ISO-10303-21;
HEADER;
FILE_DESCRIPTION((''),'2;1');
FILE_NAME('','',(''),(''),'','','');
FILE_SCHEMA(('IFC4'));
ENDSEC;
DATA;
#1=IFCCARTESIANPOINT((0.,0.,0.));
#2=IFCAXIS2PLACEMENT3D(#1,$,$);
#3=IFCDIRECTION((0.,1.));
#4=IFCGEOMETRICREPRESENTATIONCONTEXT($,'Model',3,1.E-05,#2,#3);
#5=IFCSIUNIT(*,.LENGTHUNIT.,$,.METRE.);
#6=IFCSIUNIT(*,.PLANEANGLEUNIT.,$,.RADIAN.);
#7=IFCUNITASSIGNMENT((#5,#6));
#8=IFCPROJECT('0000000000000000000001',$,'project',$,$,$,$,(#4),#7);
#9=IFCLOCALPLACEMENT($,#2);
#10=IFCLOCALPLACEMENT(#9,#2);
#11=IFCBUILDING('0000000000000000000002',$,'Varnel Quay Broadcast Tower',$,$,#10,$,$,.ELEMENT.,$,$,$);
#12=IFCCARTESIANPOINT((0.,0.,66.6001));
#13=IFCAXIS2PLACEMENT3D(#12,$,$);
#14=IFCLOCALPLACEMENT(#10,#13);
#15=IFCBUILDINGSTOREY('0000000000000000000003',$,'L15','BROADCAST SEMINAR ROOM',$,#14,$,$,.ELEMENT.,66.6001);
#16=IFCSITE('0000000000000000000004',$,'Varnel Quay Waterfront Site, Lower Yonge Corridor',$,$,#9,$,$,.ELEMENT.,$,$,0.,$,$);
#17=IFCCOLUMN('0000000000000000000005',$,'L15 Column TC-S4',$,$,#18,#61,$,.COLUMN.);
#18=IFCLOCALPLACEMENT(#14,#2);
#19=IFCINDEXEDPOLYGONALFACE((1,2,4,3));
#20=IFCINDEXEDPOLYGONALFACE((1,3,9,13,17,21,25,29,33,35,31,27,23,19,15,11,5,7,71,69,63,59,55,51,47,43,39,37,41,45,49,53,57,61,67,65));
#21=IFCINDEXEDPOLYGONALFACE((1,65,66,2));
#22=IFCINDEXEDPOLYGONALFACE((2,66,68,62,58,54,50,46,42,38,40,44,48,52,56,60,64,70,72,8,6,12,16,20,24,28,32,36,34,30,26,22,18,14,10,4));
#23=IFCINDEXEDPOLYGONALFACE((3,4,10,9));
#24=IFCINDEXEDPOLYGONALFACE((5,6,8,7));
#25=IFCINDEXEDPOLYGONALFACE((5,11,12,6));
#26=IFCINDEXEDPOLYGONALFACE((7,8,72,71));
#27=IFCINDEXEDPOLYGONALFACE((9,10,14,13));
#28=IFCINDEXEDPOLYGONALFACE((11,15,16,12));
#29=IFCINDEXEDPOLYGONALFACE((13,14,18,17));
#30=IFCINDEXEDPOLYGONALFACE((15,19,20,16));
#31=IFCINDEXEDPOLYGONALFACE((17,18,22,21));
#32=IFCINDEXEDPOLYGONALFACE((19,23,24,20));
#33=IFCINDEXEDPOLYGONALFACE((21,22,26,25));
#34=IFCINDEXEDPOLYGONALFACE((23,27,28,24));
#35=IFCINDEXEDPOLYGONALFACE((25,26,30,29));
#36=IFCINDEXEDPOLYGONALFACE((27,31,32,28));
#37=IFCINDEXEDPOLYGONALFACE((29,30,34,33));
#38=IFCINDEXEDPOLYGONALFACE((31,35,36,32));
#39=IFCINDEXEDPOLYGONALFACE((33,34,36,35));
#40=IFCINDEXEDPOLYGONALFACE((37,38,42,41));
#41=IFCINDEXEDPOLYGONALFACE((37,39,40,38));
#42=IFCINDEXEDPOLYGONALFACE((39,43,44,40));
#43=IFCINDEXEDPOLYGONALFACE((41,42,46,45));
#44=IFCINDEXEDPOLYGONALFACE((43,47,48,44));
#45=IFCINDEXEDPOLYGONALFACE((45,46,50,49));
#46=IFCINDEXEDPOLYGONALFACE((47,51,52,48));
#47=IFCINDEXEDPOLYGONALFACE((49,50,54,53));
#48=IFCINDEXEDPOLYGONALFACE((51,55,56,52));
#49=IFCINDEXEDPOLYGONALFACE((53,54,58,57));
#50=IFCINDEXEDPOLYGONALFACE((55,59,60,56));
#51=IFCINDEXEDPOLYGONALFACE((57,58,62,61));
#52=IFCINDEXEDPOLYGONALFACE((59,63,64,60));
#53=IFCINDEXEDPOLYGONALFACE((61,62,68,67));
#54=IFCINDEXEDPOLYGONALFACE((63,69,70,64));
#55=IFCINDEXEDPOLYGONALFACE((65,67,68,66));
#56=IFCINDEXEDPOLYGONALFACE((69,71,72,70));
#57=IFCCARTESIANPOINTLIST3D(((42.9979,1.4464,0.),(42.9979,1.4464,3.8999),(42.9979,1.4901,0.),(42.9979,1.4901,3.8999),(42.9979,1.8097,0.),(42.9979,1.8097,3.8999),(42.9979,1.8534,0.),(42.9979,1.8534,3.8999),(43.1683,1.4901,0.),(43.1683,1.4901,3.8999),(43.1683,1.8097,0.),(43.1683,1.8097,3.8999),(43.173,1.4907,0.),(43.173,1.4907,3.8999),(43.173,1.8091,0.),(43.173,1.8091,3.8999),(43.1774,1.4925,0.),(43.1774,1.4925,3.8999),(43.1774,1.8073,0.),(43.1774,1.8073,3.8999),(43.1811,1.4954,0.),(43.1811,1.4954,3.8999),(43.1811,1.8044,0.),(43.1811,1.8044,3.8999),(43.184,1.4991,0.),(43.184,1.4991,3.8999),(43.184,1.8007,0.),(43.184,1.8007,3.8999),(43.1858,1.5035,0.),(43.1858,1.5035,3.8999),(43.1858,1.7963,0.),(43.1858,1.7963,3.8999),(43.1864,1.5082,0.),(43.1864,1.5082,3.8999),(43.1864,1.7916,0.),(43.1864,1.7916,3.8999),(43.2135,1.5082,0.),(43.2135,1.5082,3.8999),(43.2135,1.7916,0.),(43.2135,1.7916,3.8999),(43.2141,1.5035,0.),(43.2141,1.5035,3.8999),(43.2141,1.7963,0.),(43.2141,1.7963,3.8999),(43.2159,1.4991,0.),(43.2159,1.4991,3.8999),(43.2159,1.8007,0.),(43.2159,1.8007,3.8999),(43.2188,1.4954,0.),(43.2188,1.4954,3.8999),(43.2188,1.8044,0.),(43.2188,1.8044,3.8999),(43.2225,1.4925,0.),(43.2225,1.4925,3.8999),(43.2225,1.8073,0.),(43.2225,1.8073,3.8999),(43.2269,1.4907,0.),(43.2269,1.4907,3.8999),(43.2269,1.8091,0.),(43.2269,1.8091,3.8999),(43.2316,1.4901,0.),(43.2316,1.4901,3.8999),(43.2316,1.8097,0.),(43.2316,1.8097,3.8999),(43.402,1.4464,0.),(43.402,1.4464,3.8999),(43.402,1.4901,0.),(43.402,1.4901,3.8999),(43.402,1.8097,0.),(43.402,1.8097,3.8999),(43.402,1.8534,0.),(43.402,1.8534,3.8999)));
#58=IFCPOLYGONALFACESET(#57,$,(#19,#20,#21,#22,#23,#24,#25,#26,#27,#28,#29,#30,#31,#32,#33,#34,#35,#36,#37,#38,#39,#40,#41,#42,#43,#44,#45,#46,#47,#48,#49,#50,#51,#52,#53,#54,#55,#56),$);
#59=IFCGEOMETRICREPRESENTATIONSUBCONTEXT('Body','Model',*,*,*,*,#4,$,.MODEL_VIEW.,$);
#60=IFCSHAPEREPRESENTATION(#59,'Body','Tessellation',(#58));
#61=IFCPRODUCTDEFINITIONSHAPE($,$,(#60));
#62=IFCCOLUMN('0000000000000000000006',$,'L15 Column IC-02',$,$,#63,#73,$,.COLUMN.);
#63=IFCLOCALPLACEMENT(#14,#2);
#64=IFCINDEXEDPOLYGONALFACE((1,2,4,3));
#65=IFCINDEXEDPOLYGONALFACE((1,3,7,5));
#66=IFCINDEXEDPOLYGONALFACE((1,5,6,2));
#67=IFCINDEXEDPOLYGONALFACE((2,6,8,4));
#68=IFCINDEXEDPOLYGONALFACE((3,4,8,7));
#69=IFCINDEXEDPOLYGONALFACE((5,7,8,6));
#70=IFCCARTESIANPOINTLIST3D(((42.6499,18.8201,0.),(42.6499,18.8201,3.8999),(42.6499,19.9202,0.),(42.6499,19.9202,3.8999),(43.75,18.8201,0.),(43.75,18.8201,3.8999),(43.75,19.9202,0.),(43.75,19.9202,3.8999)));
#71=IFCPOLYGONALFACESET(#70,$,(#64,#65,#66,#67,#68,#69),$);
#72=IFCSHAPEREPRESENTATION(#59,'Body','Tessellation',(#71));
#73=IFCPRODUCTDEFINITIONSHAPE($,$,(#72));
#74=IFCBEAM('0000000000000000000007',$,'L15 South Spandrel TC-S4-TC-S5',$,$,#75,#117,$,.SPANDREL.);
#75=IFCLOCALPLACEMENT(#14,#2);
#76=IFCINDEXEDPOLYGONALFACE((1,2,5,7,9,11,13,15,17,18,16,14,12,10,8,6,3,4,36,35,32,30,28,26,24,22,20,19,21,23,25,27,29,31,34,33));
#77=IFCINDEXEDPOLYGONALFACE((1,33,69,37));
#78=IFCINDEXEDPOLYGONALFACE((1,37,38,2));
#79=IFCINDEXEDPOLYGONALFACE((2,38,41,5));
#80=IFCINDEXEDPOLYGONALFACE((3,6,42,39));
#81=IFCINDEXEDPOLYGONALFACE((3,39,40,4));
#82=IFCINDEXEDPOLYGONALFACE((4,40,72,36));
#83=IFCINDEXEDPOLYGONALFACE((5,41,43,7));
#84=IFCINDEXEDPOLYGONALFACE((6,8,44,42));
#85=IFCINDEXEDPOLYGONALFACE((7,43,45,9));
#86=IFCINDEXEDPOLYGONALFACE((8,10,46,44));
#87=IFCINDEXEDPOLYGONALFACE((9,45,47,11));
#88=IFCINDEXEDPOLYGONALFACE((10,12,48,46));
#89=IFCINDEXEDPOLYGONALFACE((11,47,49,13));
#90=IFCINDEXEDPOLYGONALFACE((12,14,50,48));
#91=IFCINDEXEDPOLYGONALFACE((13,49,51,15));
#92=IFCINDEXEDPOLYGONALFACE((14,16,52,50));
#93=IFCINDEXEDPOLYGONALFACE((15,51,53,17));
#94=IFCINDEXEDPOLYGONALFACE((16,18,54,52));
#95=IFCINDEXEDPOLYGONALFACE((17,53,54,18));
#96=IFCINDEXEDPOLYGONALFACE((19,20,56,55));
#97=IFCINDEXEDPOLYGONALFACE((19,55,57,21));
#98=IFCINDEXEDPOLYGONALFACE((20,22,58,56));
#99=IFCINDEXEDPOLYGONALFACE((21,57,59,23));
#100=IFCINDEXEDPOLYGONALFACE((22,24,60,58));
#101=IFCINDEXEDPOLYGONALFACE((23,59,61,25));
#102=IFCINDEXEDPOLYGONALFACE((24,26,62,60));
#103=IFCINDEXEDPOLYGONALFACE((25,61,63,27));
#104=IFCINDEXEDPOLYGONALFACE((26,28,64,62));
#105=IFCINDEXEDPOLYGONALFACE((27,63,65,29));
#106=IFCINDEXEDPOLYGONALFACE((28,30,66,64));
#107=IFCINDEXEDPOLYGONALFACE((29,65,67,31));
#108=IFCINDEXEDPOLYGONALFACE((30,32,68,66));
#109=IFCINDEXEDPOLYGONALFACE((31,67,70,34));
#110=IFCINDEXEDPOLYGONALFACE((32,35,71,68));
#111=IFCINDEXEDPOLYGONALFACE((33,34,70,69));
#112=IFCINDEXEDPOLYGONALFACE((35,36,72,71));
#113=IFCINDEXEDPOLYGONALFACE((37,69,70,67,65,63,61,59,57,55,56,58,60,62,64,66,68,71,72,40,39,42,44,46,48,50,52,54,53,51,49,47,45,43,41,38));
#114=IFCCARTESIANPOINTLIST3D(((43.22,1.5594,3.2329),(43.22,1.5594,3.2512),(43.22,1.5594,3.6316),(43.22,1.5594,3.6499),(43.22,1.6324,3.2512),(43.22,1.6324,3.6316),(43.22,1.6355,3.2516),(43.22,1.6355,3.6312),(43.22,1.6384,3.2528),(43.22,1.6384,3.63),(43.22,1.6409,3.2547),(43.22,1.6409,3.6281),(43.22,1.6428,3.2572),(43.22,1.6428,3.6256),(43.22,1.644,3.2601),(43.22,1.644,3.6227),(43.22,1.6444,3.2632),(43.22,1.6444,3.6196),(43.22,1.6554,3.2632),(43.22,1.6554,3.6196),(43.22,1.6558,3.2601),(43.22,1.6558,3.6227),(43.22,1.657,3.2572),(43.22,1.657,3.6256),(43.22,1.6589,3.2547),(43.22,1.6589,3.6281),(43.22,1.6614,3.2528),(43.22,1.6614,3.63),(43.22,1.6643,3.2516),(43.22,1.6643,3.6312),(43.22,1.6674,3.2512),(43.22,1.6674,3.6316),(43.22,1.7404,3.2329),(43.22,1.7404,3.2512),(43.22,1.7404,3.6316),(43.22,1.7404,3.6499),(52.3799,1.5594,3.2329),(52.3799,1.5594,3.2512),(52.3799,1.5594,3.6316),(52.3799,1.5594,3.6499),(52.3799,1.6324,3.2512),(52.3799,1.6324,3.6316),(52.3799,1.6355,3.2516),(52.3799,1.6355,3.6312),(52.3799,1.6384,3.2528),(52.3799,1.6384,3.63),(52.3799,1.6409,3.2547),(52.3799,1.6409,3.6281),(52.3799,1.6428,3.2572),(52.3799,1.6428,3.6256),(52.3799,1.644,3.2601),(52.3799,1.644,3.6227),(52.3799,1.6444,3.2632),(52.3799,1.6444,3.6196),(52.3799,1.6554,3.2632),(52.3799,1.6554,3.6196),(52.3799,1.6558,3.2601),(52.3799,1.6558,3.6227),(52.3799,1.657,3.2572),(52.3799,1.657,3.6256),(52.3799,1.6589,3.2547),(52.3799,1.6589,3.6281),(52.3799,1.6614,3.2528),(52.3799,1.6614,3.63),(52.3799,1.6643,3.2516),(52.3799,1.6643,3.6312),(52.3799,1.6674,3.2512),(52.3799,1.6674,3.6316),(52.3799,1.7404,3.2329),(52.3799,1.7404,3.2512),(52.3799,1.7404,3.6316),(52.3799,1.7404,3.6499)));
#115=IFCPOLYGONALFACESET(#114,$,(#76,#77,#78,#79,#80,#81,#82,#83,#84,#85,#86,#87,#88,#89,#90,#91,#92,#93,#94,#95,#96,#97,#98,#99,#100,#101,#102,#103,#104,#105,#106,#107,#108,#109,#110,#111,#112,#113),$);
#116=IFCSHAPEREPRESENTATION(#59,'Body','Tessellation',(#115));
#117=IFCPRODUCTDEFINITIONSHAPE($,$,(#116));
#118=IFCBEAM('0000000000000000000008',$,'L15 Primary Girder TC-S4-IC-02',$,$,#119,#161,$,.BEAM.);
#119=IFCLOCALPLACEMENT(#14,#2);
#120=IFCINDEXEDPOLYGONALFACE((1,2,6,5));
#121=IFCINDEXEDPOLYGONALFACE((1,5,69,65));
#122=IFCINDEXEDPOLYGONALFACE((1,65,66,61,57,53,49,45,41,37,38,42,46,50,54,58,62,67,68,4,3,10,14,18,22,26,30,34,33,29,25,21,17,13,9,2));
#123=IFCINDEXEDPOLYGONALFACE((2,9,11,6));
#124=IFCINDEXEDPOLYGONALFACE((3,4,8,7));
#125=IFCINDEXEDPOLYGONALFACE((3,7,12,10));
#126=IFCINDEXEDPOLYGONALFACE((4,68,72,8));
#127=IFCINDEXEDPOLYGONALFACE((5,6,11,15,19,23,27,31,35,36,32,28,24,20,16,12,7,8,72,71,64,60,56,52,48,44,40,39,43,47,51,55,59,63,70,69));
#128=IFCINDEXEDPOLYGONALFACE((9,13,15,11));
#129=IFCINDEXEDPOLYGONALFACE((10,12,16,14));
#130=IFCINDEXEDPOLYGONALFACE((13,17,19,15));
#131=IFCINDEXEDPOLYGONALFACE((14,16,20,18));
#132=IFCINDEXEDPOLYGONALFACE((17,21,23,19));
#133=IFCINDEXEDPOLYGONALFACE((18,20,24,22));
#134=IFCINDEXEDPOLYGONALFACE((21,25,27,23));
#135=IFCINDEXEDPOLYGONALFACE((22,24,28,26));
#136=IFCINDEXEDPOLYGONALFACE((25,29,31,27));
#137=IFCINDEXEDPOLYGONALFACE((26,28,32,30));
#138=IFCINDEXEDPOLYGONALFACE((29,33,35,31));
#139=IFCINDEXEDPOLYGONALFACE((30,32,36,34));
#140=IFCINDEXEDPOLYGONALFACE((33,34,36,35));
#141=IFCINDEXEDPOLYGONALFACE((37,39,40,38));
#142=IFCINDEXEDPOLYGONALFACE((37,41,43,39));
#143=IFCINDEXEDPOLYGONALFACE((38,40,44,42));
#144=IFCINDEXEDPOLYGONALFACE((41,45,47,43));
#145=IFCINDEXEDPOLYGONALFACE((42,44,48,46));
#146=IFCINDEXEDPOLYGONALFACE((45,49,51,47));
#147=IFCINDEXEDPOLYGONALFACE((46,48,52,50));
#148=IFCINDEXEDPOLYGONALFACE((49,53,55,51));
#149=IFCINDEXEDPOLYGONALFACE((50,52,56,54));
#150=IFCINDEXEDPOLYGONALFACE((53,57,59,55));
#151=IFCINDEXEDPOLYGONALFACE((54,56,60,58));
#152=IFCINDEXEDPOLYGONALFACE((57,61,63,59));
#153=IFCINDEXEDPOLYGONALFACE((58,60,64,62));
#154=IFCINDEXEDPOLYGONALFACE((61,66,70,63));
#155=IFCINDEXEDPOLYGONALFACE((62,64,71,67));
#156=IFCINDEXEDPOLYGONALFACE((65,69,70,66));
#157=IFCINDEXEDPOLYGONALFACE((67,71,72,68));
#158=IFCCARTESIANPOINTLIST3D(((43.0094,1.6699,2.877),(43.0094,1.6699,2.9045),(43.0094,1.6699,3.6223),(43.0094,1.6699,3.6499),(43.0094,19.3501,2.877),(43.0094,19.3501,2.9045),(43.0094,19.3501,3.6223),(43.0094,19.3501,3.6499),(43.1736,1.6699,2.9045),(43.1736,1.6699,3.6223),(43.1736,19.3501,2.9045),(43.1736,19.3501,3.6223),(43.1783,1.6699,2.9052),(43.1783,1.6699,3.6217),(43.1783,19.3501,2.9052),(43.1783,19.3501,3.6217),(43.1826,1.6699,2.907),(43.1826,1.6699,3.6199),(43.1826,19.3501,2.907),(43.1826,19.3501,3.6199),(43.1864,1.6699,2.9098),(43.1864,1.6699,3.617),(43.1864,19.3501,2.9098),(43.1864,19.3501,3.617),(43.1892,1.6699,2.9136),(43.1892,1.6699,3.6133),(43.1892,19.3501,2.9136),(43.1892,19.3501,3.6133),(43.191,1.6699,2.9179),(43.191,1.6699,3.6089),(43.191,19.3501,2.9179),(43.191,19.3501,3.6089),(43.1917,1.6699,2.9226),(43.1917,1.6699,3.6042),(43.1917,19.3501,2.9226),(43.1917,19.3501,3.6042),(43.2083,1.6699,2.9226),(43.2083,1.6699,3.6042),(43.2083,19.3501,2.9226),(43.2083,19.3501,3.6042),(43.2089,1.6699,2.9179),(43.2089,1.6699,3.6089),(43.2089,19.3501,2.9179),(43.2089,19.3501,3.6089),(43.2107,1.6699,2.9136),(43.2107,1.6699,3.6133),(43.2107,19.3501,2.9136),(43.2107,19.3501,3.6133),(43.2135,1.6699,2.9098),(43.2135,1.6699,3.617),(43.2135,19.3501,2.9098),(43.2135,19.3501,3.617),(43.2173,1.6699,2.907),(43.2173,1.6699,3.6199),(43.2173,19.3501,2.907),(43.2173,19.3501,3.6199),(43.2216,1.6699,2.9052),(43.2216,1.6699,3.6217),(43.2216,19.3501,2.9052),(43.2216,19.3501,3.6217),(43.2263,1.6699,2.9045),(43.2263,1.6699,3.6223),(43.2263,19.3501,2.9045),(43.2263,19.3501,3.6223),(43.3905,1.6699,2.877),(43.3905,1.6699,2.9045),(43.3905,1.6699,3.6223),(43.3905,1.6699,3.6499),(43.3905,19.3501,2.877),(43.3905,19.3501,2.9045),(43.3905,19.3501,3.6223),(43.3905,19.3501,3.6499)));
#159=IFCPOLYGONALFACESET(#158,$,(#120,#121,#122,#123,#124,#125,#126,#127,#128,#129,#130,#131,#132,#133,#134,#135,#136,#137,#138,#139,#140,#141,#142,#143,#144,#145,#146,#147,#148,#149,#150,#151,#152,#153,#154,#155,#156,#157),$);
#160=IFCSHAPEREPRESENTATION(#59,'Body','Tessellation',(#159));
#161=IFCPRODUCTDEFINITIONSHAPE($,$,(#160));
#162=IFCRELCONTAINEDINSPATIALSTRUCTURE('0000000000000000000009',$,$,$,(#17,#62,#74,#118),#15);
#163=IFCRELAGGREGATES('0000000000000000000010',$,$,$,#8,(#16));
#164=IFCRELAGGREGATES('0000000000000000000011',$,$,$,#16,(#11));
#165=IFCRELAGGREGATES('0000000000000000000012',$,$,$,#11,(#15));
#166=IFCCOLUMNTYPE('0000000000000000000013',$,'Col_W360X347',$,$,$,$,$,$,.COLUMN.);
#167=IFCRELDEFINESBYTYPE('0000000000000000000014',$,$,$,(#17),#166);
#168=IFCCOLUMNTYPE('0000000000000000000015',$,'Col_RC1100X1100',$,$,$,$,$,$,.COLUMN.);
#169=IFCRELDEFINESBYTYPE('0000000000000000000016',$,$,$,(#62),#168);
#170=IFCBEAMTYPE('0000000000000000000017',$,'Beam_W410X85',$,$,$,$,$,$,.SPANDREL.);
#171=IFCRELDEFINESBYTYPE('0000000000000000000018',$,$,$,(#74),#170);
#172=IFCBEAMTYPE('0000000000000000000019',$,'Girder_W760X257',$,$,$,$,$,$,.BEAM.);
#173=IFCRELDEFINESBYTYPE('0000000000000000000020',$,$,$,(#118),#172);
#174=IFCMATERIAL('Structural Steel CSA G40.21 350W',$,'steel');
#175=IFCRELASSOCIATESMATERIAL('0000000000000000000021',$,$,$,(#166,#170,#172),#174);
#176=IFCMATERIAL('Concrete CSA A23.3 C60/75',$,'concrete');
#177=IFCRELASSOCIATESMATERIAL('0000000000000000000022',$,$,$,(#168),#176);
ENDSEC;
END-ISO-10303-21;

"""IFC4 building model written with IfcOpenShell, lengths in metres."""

from ifc_helpers import new_model, si_unit, direction, frame, origin, origin_2d, place, context, subcontext, project, spatial, rectangle, i_section, extrude, source, transform, mapped, material, material_profile, profile_set, type_object, type_shapes, element, save


model = new_model("IFC4")

# Units and contexts
model_context = context("Model", 3, precision=1e-05, world=origin(), true_north=direction((0.0, 1.0)))
body_context = subcontext(model_context, "Body", "Model", "MODEL_VIEW")
ifc_project = project(units=[si_unit("LENGTHUNIT", "METRE"), si_unit("PLANEANGLEUNIT", "RADIAN")], contexts=[model_context])

# Site, building, storey
site_placement = place(None, origin())
site = spatial("IfcSite", under=ifc_project, at=site_placement, Name="Varnel Quay Waterfront Site, Lower Yonge Corridor", CompositionType="ELEMENT", RefElevation=0.0)
building_placement = place(site_placement, origin())
building = spatial("IfcBuilding", under=site, at=building_placement, Name="Varnel Quay Broadcast Tower", CompositionType="ELEMENT")
storey_placement = place(building_placement, frame((0.0, 0.0, 66.6001)))
storey = spatial("IfcBuildingStorey", under=building, at=storey_placement, Name="L15", Description="BROADCAST SEMINAR ROOM", CompositionType="ELEMENT", Elevation=66.6001)

# Columns
ifc_material_1 = material(Name="Structural Steel CSA G40.21 350W", Category="steel")
ifc_material_profile_1 = material_profile(ifc_material_1, i_section(OverallWidth=0.4041, OverallDepth=0.407, WebThickness=0.0271, FlangeThickness=0.0437, FilletRadius=0.0181, at=origin_2d()), Name="W360X347")
ifc_profile_set_1 = profile_set([ifc_material_profile_1], Name="Structural Steel CSA G40.21 350W")
column_type_1 = type_object("IfcColumnType", Name="Col_W360X347", PredefinedType="COLUMN", material=ifc_profile_set_1)
shared_shape_1 = source(origin(), body_context, "Body", "SweptSolid", [
    extrude(i_section(OverallWidth=0.4041, OverallDepth=0.407, WebThickness=0.0271, FlangeThickness=0.0437, FilletRadius=0.0181, at=origin_2d()), origin(), (0.0, 0.0, 1.0), 3.8999),
])
type_shapes(column_type_1, [shared_shape_1])
column_1_placement = place(storey_placement, frame((43.2, 1.6499, 0.0), z_axis=(0.0, 0.0, 1.0), x_axis=(1.0, 0.0, 0.0)))
element("IfcColumn", 1, at=column_1_placement, inside=storey, type_object=column_type_1, Name="L15 Column TC-S4", PredefinedType="COLUMN", context=body_context, shape_type="MappedRepresentation", body=[
    mapped(shared_shape_1, transform((0.0, 0.0, 0.0), x_axis=(1.0, 0.0, 0.0), y_axis=(0.0, 1.0, 0.0), z_axis=(0.0, 0.0, 1.0), scale=1.0)),
])
ifc_material_2 = material(Name="Concrete CSA A23.3 C60/75", Category="concrete")
ifc_material_profile_2 = material_profile(ifc_material_2, rectangle(XDim=1.1001, YDim=1.1001, at=origin_2d()), Name="RC1100X1100")
ifc_profile_set_2 = profile_set([ifc_material_profile_2], Name="Concrete CSA A23.3 C60/75")
column_type_2 = type_object("IfcColumnType", Name="Col_RC1100X1100", PredefinedType="COLUMN", material=ifc_profile_set_2)
shared_shape_2 = source(origin(), body_context, "Body", "SweptSolid", [
    extrude(rectangle(XDim=1.1001, YDim=1.1001, at=origin_2d()), origin(), (0.0, 0.0, 1.0), 3.8999),
])
type_shapes(column_type_2, [shared_shape_2])
column_2_placement = place(storey_placement, frame((43.2, 19.3701, 0.0), z_axis=(0.0, 0.0, 1.0), x_axis=(1.0, 0.0, 0.0)))
element("IfcColumn", 2, at=column_2_placement, inside=storey, type_object=column_type_2, Name="L15 Column IC-02", PredefinedType="COLUMN", context=body_context, shape_type="MappedRepresentation", body=[
    mapped(shared_shape_2, transform((0.0, 0.0, 0.0), x_axis=(1.0, 0.0, 0.0), y_axis=(0.0, 1.0, 0.0), z_axis=(0.0, 0.0, 1.0), scale=1.0)),
])

# Beams
ifc_material_profile_3 = material_profile(ifc_material_1, i_section(OverallWidth=0.1809, OverallDepth=0.417, WebThickness=0.011, FlangeThickness=0.0183, FilletRadius=0.012, at=origin_2d()), Name="W410X85")
ifc_profile_set_3 = profile_set([ifc_material_profile_3], Name="Structural Steel CSA G40.21 350W")
beam_type_1 = type_object("IfcBeamType", Name="Beam_W410X85", PredefinedType="SPANDREL", material=ifc_profile_set_3)
shared_shape_3 = source(origin(), body_context, "Body", "SweptSolid", [
    extrude(i_section(OverallWidth=0.1809, OverallDepth=0.417, WebThickness=0.011, FlangeThickness=0.0183, FilletRadius=0.012, at=origin_2d()), origin(), (0.0, 0.0, 1.0), 9.1599),
])
type_shapes(beam_type_1, [shared_shape_3])
beam_1_placement = place(storey_placement, frame((43.22, 1.6499, 3.4414), z_axis=(1.0, 0.0, 0.0), x_axis=(0.0, 1.0, 0.0)))
element("IfcBeam", 3, at=beam_1_placement, inside=storey, type_object=beam_type_1, Name="L15 South Spandrel TC-S4-TC-S5", PredefinedType="SPANDREL", context=body_context, shape_type="MappedRepresentation", body=[
    mapped(shared_shape_3, transform((0.0, 0.0, 0.0), x_axis=(1.0, 0.0, 0.0), y_axis=(0.0, 1.0, 0.0), z_axis=(0.0, 0.0, 1.0), scale=1.0)),
])
ifc_material_profile_4 = material_profile(ifc_material_1, i_section(OverallWidth=0.3811, OverallDepth=0.7729, WebThickness=0.0166, FlangeThickness=0.0276, FilletRadius=0.0181, at=origin_2d()), Name="W760X257")
ifc_profile_set_4 = profile_set([ifc_material_profile_4], Name="Structural Steel CSA G40.21 350W")
beam_type_2 = type_object("IfcBeamType", Name="Girder_W760X257", PredefinedType="BEAM", material=ifc_profile_set_4)
shared_shape_4 = source(origin(), body_context, "Body", "SweptSolid", [
    extrude(i_section(OverallWidth=0.3811, OverallDepth=0.7729, WebThickness=0.0166, FlangeThickness=0.0276, FilletRadius=0.0181, at=origin_2d()), origin(), (0.0, 0.0, 1.0), 17.6802),
])
beam_2_placement = place(storey_placement, frame((43.2, 1.6699, 3.2634), z_axis=(0.0, 1.0, 0.0), x_axis=(-1.0, 0.0, 0.0)))
element("IfcBeam", 4, at=beam_2_placement, inside=storey, type_object=beam_type_2, Name="L15 Primary Girder TC-S4-IC-02", PredefinedType="BEAM", context=body_context, shape_type="MappedRepresentation", body=[
    mapped(shared_shape_4, transform((0.0, 0.0, 0.0), x_axis=(1.0, 0.0, 0.0), y_axis=(0.0, 1.0, 0.0), z_axis=(0.0, 0.0, 1.0), scale=1.0)),
])

save(model, "model.ifc")
